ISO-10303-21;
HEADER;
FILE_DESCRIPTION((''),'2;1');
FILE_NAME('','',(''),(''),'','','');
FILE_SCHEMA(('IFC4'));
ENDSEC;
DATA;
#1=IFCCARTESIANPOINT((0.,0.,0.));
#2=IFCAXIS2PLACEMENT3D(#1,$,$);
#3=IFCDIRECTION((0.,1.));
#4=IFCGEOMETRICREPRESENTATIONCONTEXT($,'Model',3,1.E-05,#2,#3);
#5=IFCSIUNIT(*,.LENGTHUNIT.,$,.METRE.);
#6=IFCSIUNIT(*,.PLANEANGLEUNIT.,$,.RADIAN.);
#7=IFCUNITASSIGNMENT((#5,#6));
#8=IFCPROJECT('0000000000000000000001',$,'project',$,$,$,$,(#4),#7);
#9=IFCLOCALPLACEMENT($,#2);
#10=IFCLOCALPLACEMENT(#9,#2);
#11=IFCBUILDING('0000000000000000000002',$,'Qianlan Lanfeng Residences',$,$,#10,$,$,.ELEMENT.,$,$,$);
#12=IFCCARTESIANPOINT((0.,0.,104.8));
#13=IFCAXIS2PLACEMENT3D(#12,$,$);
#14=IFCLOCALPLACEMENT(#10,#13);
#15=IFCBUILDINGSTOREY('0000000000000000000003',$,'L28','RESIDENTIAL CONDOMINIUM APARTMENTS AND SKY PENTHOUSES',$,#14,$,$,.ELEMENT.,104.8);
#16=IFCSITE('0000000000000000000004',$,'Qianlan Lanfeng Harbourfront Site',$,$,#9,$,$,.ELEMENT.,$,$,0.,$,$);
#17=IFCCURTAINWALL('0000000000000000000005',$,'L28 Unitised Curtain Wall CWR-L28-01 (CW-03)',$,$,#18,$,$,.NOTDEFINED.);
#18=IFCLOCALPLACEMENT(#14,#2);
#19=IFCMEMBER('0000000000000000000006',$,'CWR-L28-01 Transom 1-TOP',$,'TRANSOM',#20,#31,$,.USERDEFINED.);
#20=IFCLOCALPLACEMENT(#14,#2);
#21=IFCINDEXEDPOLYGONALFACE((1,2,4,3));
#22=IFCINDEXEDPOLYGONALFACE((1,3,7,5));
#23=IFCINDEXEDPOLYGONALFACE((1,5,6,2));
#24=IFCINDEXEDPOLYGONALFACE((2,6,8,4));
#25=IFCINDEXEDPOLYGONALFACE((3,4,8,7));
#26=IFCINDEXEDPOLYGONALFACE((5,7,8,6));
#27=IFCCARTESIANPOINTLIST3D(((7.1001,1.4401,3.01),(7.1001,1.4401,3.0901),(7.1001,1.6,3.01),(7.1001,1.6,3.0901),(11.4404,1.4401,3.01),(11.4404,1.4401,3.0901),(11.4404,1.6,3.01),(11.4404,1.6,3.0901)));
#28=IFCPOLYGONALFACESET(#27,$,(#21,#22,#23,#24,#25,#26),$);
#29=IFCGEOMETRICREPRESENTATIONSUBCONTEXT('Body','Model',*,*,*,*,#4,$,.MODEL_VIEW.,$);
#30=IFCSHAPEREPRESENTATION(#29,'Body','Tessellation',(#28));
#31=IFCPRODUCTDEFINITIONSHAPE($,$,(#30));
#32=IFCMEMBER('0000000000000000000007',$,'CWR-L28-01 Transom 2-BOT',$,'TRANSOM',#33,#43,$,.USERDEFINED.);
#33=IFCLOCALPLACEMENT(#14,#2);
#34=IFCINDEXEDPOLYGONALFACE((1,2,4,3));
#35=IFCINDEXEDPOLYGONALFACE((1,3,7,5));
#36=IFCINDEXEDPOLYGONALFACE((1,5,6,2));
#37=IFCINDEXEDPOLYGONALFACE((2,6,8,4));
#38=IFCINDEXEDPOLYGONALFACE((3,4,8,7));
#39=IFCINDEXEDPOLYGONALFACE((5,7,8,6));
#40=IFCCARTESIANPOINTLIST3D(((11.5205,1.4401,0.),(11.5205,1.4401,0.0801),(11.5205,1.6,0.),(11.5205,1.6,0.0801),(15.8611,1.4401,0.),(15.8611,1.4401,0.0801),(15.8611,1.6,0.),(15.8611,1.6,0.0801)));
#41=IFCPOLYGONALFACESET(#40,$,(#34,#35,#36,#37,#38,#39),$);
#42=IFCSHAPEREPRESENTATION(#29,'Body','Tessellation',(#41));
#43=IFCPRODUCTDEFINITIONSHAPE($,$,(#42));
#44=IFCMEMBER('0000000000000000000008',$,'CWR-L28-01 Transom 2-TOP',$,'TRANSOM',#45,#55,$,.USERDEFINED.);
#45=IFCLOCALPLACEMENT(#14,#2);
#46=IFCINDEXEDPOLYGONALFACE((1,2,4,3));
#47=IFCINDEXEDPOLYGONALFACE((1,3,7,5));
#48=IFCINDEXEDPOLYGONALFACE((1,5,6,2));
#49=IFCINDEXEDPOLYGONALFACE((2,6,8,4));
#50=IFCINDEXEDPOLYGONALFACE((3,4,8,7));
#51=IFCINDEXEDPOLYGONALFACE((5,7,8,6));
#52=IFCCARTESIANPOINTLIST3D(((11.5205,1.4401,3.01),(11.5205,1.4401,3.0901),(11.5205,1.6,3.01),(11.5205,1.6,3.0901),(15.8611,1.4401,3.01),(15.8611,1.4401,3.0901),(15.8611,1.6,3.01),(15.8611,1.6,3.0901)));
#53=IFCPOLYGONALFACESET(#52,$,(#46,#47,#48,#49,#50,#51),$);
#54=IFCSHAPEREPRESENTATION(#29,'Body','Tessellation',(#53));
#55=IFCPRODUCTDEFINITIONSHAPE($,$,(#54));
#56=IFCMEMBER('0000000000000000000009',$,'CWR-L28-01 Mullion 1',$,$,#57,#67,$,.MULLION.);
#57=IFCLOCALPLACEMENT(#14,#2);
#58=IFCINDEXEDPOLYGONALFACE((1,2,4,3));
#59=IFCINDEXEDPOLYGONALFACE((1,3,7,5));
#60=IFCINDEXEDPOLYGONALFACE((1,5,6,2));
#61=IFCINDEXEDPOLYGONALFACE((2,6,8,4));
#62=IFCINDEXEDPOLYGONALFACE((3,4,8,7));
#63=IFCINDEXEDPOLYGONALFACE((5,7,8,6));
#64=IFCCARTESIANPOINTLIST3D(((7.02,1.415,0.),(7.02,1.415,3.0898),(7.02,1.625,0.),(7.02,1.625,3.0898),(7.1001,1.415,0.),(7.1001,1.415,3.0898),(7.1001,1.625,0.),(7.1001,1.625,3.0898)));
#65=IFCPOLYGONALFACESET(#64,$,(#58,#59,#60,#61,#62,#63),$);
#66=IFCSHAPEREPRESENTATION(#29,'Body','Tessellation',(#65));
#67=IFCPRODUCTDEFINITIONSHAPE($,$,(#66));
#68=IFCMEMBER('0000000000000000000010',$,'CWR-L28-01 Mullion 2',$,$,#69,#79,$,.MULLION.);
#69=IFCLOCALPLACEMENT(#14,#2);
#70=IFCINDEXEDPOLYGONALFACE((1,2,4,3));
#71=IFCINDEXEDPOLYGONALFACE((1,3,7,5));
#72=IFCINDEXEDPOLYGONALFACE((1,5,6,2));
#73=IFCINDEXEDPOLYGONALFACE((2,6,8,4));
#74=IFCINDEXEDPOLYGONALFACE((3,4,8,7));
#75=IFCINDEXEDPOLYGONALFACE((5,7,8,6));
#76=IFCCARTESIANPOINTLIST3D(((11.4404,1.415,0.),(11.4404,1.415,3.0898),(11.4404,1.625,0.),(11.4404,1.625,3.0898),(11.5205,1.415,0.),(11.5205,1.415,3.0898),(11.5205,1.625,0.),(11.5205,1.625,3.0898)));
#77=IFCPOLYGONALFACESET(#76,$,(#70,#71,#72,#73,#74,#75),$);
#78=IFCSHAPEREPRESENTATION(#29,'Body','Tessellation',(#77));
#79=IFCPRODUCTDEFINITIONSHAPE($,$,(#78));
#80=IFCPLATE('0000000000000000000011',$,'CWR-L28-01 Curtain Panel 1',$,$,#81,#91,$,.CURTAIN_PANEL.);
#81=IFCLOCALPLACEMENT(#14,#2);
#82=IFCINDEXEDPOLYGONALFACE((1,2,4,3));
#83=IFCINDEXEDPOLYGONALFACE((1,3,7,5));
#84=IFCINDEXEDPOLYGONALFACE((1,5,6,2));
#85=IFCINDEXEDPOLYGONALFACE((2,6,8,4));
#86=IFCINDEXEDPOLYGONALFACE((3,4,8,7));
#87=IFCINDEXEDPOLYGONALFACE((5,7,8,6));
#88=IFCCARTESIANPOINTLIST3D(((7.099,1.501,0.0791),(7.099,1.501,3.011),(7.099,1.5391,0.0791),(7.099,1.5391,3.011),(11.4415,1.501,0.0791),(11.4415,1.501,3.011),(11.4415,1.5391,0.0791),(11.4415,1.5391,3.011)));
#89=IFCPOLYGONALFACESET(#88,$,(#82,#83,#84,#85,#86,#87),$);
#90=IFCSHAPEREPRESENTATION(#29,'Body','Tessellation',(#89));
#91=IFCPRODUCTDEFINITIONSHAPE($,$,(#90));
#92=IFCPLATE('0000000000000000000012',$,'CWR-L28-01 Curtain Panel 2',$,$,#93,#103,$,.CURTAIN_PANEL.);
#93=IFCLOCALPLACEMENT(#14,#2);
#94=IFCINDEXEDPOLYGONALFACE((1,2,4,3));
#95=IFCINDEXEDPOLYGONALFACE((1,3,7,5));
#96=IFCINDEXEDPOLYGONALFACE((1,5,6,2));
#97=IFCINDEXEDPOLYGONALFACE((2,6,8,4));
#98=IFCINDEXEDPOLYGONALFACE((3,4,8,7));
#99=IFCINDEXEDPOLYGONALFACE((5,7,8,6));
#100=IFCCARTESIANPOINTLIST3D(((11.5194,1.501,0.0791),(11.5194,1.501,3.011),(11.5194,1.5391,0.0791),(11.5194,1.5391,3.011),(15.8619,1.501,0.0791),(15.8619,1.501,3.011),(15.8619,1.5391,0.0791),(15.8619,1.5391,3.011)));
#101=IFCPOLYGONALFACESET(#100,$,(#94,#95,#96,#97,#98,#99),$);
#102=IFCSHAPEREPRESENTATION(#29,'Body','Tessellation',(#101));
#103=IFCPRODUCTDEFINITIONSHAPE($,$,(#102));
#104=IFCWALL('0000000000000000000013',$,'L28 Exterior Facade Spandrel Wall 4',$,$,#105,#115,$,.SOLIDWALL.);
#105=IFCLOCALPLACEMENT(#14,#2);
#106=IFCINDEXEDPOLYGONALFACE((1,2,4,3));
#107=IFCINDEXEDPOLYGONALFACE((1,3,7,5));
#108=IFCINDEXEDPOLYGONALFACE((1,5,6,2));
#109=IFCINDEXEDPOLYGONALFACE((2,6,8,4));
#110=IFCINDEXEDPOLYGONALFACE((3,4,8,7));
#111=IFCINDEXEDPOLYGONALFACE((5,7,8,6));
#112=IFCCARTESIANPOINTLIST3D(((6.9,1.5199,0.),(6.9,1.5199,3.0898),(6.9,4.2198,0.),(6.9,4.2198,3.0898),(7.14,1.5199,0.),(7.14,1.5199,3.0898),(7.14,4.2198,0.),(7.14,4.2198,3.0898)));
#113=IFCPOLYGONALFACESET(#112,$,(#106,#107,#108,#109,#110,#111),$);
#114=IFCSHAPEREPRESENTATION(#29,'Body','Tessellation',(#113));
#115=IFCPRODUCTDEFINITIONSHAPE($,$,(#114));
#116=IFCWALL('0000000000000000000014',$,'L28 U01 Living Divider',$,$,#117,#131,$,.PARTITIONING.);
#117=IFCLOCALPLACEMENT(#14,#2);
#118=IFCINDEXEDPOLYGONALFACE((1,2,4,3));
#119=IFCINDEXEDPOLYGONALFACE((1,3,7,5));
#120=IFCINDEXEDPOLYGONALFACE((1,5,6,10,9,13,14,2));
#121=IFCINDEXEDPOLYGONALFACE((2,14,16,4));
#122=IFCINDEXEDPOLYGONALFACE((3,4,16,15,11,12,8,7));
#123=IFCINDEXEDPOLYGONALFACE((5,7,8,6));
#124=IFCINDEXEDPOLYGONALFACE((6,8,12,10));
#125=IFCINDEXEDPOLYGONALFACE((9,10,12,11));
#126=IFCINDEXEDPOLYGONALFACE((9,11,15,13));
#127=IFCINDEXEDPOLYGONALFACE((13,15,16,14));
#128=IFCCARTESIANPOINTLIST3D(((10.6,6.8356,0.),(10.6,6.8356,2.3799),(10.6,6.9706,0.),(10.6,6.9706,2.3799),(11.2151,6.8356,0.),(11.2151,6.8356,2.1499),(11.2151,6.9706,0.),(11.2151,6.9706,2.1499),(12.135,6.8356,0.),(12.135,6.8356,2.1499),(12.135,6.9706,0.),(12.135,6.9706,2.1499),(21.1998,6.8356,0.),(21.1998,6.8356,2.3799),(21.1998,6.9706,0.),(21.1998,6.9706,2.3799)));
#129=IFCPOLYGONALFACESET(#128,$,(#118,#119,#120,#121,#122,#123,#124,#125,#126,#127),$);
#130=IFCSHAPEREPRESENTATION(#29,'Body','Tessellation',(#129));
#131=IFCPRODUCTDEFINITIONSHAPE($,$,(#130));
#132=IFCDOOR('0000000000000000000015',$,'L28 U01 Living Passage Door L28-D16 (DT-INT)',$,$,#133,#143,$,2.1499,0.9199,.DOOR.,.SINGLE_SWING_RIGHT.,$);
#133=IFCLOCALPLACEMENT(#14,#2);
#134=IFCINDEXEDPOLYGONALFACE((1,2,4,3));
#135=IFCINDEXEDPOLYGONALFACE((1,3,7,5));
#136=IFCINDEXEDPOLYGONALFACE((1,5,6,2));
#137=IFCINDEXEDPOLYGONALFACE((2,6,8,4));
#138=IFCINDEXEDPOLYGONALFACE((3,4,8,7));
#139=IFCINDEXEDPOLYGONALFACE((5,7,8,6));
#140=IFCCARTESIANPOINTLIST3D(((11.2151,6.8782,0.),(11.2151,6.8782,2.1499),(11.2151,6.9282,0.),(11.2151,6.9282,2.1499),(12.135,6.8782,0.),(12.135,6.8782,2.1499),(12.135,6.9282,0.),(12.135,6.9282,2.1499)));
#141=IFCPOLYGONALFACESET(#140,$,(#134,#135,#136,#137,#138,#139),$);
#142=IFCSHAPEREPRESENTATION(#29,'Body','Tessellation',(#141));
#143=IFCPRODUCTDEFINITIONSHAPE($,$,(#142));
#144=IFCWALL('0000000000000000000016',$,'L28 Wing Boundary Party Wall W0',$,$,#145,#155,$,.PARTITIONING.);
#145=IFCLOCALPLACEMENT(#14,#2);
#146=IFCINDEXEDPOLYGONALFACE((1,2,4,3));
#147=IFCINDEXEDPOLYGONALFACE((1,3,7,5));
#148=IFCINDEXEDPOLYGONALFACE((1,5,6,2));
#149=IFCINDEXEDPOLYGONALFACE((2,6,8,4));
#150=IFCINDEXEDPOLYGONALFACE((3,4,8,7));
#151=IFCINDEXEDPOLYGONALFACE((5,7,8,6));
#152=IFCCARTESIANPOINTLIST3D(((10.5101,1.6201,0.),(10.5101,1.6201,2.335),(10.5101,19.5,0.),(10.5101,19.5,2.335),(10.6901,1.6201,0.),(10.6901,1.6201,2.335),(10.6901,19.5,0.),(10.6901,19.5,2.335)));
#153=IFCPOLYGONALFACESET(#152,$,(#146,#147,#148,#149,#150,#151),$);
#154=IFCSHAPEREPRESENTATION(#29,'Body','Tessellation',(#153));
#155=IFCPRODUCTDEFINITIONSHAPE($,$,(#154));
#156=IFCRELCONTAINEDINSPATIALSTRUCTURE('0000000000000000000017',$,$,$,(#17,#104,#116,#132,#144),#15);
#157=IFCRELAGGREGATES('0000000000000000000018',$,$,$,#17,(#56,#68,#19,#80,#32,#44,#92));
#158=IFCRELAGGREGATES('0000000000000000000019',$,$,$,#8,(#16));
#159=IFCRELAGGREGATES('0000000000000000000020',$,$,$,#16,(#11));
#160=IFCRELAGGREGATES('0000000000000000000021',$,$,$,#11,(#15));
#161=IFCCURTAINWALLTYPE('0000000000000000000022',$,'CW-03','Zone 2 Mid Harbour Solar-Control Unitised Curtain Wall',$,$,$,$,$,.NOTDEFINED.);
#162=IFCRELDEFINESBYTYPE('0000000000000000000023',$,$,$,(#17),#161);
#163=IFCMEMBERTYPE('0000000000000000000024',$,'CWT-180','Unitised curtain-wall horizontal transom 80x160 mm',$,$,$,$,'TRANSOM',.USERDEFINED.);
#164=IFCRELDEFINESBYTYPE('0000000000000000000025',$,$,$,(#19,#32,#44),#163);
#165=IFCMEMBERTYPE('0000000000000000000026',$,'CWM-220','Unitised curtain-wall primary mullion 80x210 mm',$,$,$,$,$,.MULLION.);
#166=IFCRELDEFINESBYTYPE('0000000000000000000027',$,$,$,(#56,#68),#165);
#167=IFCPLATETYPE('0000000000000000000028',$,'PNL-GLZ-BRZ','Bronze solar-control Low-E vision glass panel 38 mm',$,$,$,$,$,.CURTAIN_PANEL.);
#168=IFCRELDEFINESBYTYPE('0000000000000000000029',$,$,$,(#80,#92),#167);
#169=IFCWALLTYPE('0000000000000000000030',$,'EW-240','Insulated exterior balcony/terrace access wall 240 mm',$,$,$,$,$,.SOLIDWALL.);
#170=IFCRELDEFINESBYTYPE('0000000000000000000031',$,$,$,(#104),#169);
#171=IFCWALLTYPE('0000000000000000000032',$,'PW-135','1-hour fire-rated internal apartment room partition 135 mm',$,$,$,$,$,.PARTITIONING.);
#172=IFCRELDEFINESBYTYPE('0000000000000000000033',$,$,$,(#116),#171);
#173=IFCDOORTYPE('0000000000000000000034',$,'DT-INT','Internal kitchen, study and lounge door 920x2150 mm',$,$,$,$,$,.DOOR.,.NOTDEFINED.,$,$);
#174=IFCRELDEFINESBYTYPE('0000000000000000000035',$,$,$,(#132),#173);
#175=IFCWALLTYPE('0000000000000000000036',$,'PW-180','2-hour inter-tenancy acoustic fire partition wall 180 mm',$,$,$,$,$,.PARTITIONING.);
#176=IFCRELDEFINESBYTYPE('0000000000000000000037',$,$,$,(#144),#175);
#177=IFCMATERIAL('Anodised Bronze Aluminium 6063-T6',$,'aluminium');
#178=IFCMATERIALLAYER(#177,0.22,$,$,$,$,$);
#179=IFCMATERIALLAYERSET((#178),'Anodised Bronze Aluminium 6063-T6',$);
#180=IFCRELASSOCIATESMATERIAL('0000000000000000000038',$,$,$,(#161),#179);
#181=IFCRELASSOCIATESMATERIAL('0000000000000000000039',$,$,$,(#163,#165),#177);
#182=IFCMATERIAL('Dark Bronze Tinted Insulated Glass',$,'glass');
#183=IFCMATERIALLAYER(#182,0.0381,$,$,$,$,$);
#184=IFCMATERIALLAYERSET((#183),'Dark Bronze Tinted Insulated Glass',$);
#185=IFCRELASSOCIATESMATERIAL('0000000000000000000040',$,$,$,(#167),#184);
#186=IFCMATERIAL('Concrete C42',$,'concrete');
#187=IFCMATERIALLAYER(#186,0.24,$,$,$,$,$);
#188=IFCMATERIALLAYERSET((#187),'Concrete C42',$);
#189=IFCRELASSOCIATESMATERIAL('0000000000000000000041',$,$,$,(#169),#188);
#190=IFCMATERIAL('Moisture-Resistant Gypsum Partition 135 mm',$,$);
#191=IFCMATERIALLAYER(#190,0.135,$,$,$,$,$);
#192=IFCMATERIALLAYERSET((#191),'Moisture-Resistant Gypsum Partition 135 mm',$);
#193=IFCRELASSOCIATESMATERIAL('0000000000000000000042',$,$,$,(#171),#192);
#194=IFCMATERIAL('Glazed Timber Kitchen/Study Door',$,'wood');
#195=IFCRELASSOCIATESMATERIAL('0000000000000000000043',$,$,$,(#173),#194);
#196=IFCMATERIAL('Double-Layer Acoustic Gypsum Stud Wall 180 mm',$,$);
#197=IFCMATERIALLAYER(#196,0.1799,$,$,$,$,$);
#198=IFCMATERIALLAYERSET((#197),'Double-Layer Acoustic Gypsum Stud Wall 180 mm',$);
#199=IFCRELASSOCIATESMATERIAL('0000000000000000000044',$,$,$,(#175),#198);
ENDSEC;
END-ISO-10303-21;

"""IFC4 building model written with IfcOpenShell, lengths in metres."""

from ifc_helpers import new_model, si_unit, direction, frame, frame_2d, origin, origin_2d, place, context, subcontext, project, spatial, rectangle, extrude, source, transform, mapped, material, layer, layer_set, material_profile, profile_set, type_object, element, fill, aggregate, save


model = new_model("IFC4")

# Units and contexts
model_context = context("Model", 3, precision=1e-05, world=origin(), true_north=direction((0.0, 1.0)))
body_context = subcontext(model_context, "Body", "Model", "MODEL_VIEW")
ifc_project = project(units=[si_unit("LENGTHUNIT", "METRE"), si_unit("PLANEANGLEUNIT", "RADIAN")], contexts=[model_context])

# Site, building, storey
site_placement = place(None, origin())
site = spatial("IfcSite", under=ifc_project, at=site_placement, Name="Qianlan Lanfeng Harbourfront Site", CompositionType="ELEMENT", RefElevation=0.0)
building_placement = place(site_placement, origin())
building = spatial("IfcBuilding", under=site, at=building_placement, Name="Qianlan Lanfeng Residences", CompositionType="ELEMENT")
storey_placement = place(building_placement, frame((0.0, 0.0, 104.8)))
storey = spatial("IfcBuildingStorey", under=building, at=storey_placement, Name="L28", Description="RESIDENTIAL CONDOMINIUM APARTMENTS AND SKY PENTHOUSES", CompositionType="ELEMENT", Elevation=104.8)

# Curtain wall, members, plates
ifc_material_1 = material(Name="Anodised Bronze Aluminium 6063-T6", Category="aluminium")
ifc_layer_1 = layer(ifc_material_1, 0.22)
ifc_layer_set_1 = layer_set([ifc_layer_1], Name="Anodised Bronze Aluminium 6063-T6")
curtain_wall_type = type_object("IfcCurtainWallType", Name="CW-03", Description="Zone 2 Mid Harbour Solar-Control Unitised Curtain Wall", PredefinedType="NOTDEFINED", material=ifc_layer_set_1)
curtain_wall_placement = place(storey_placement, origin())
curtain_wall = element("IfcCurtainWall", 1, at=curtain_wall_placement, inside=storey, type_object=curtain_wall_type, Name="L28 Unitised Curtain Wall CWR-L28-01 (CW-03)", PredefinedType="NOTDEFINED")
ifc_material_profile_1 = material_profile(ifc_material_1, rectangle(XDim=0.0801, YDim=0.1599, at=origin_2d()), Name="ALU TRANSOM 80x160")
ifc_profile_set_1 = profile_set([ifc_material_profile_1], Name="Anodised Bronze Aluminium 6063-T6")
member_type_1 = type_object("IfcMemberType", Name="CWT-180", Description="Unitised curtain-wall horizontal transom 80x160 mm", ElementType="TRANSOM", PredefinedType="USERDEFINED", material=ifc_profile_set_1)
shared_shape_1 = source(origin(), body_context, "Body", "SweptSolid", [
    extrude(rectangle(XDim=0.0801, YDim=0.1599, at=origin_2d()), origin(), (0.0, 0.0, 1.0), 4.3403),
])
member_1_placement = place(storey_placement, frame((7.1001, 1.52, 3.05), z_axis=(1.0, 0.0, 0.0), x_axis=(0.0, 0.0, 1.0)))
member_1 = element("IfcMember", 2, at=member_1_placement, type_object=member_type_1, Name="CWR-L28-01 Transom 1-TOP", ObjectType="TRANSOM", PredefinedType="USERDEFINED", context=body_context, shape_type="MappedRepresentation", body=[
    mapped(shared_shape_1, transform((0.0, 0.0, 0.0), scale=1.0)),
])
shared_shape_2 = source(origin(), body_context, "Body", "SweptSolid", [
    extrude(rectangle(XDim=0.0801, YDim=0.1599, at=origin_2d()), origin(), (0.0, 0.0, 1.0), 4.3406),
])
member_2_placement = place(storey_placement, frame((11.5205, 1.52, 0.04), z_axis=(1.0, 0.0, 0.0), x_axis=(0.0, 0.0, 1.0)))
member_2 = element("IfcMember", 3, at=member_2_placement, type_object=member_type_1, Name="CWR-L28-01 Transom 2-BOT", ObjectType="TRANSOM", PredefinedType="USERDEFINED", context=body_context, shape_type="MappedRepresentation", body=[
    mapped(shared_shape_2, transform((0.0, 0.0, 0.0), scale=1.0)),
])
member_3_placement = place(storey_placement, frame((11.5205, 1.52, 3.05), z_axis=(1.0, 0.0, 0.0), x_axis=(0.0, 0.0, 1.0)))
member_3 = element("IfcMember", 4, at=member_3_placement, type_object=member_type_1, Name="CWR-L28-01 Transom 2-TOP", ObjectType="TRANSOM", PredefinedType="USERDEFINED", context=body_context, shape_type="MappedRepresentation", body=[
    mapped(shared_shape_2, transform((0.0, 0.0, 0.0), scale=1.0)),
])
ifc_material_profile_2 = material_profile(ifc_material_1, rectangle(XDim=0.0801, YDim=0.21, at=origin_2d()), Name="ALU MULLION 80x210")
ifc_profile_set_2 = profile_set([ifc_material_profile_2], Name="Anodised Bronze Aluminium 6063-T6")
member_type_2 = type_object("IfcMemberType", Name="CWM-220", Description="Unitised curtain-wall primary mullion 80x210 mm", PredefinedType="MULLION", material=ifc_profile_set_2)
shared_shape_3 = source(origin(), body_context, "Body", "SweptSolid", [
    extrude(rectangle(XDim=0.0801, YDim=0.21, at=origin_2d()), origin(), (0.0, 0.0, 1.0), 3.0898),
])
member_4_placement = place(storey_placement, frame((7.0601, 1.52, 0.0), z_axis=(0.0, 0.0, 1.0), x_axis=(1.0, 0.0, 0.0)))
member_4 = element("IfcMember", 5, at=member_4_placement, type_object=member_type_2, Name="CWR-L28-01 Mullion 1", PredefinedType="MULLION", context=body_context, shape_type="MappedRepresentation", body=[
    mapped(shared_shape_3, transform((0.0, 0.0, 0.0), scale=1.0)),
])
member_5_placement = place(storey_placement, frame((11.4805, 1.52, 0.0), z_axis=(0.0, 0.0, 1.0), x_axis=(1.0, 0.0, 0.0)))
member_5 = element("IfcMember", 6, at=member_5_placement, type_object=member_type_2, Name="CWR-L28-01 Mullion 2", PredefinedType="MULLION", context=body_context, shape_type="MappedRepresentation", body=[
    mapped(shared_shape_3, transform((0.0, 0.0, 0.0), scale=1.0)),
])
ifc_material_2 = material(Name="Dark Bronze Tinted Insulated Glass", Category="glass")
ifc_layer_2 = layer(ifc_material_2, 0.0381)
ifc_layer_set_2 = layer_set([ifc_layer_2], Name="Dark Bronze Tinted Insulated Glass")
plate_type = type_object("IfcPlateType", Name="PNL-GLZ-BRZ", Description="Bronze solar-control Low-E vision glass panel 38 mm", PredefinedType="CURTAIN_PANEL", material=ifc_layer_set_2)
shared_shape_4 = source(origin(), body_context, "Body", "SweptSolid", [
    extrude(rectangle(XDim=4.3425, YDim=0.0381, at=origin_2d()), origin(), (0.0, 0.0, 1.0), 2.9319),
])
plate_1_placement = place(storey_placement, frame((9.2703, 1.52, 0.0791), z_axis=(0.0, 0.0, 1.0), x_axis=(1.0, 0.0, 0.0)))
plate_1 = element("IfcPlate", 7, at=plate_1_placement, type_object=plate_type, Name="CWR-L28-01 Curtain Panel 1", PredefinedType="CURTAIN_PANEL", context=body_context, shape_type="MappedRepresentation", body=[
    mapped(shared_shape_4, transform((0.0, 0.0, 0.0), scale=1.0)),
])
plate_2_placement = place(storey_placement, frame((13.6907, 1.52, 0.0791), z_axis=(0.0, 0.0, 1.0), x_axis=(1.0, 0.0, 0.0)))
plate_2 = element("IfcPlate", 8, at=plate_2_placement, type_object=plate_type, Name="CWR-L28-01 Curtain Panel 2", PredefinedType="CURTAIN_PANEL", context=body_context, shape_type="MappedRepresentation", body=[
    mapped(shared_shape_4, transform((0.0, 0.0, 0.0), scale=1.0)),
])
aggregate(curtain_wall, [member_4, member_5, member_1, plate_1, member_2, member_3, plate_2])

# Wall
ifc_material_3 = material(Name="Concrete C42", Category="concrete")
ifc_layer_3 = layer(ifc_material_3, 0.24)
ifc_layer_set_3 = layer_set([ifc_layer_3], Name="Concrete C42")
wall_type_1 = type_object("IfcWallType", Name="EW-240", Description="Insulated exterior balcony/terrace access wall 240 mm", PredefinedType="SOLIDWALL", material=ifc_layer_set_3)
wall_1_placement = place(storey_placement, frame((7.02, 4.22, 0.0), z_axis=(0.0, 0.0, 1.0), x_axis=(0.0, -1.0, 0.0)))
element("IfcWall", 9, at=wall_1_placement, inside=storey, type_object=wall_type_1, Name="L28 Exterior Facade Spandrel Wall 4", PredefinedType="SOLIDWALL", context=body_context, shape_type="SweptSolid", body=[
    extrude(rectangle(XDim=2.7, YDim=0.24, at=frame_2d((1.3501, 0.0))), origin(), (0.0, 0.0, 1.0), 3.0898),
])

# Wall, opening, door
ifc_material_4 = material(Name="Moisture-Resistant Gypsum Partition 135 mm")
ifc_layer_4 = layer(ifc_material_4, 0.135)
ifc_layer_set_4 = layer_set([ifc_layer_4], Name="Moisture-Resistant Gypsum Partition 135 mm")
wall_type_2 = type_object("IfcWallType", Name="PW-135", Description="1-hour fire-rated internal apartment room partition 135 mm", PredefinedType="PARTITIONING", material=ifc_layer_set_4)
wall_2_placement = place(storey_placement, frame((10.6001, 6.9031, 0.0), z_axis=(0.0, 0.0, 1.0), x_axis=(1.0, 0.0, 0.0)))
wall_2 = element("IfcWall", 10, at=wall_2_placement, inside=storey, type_object=wall_type_2, Name="L28 U01 Living Divider", PredefinedType="PARTITIONING", context=body_context, shape_type="SweptSolid", body=[
    extrude(rectangle(XDim=10.5999, YDim=0.135, at=frame_2d((5.2998, 0.0))), origin(), (0.0, 0.0, 1.0), 2.3799),
])
opening_1_placement = place(wall_2_placement, frame((0.615, 0.0, 0.0)))
opening_1 = element("IfcOpeningElement", 11, at=opening_1_placement, cuts=wall_2, PredefinedType="OPENING", context=body_context, shape_type="SweptSolid", body=[
    extrude(rectangle(XDim=0.9199, YDim=2.1499, at=frame_2d((0.46, 1.075))), frame((0.0, 0.0776, 0.0), z_axis=(0.0, -1.0, 0.0), x_axis=(1.0, 0.0, 0.0)), (0.0, 0.0, 1.0), 0.155),
])
ifc_material_5 = material(Name="Glazed Timber Kitchen/Study Door", Category="wood")
door_type_1 = type_object("IfcDoorType", Name="DT-INT", Description="Internal kitchen, study and lounge door 920x2150 mm", OperationType="NOTDEFINED", PredefinedType="DOOR", material=ifc_material_5)
door_1_placement = place(opening_1_placement, frame((0.9199, 0.0, 0.0), z_axis=(0.0, 0.0, 1.0), x_axis=(-1.0, 0.0, 0.0)))
door_1 = element("IfcDoor", 12, at=door_1_placement, inside=storey, type_object=door_type_1, Name="L28 U01 Living Passage Door L28-D16 (DT-INT)", OperationType="SINGLE_SWING_RIGHT", OverallHeight=2.1499, OverallWidth=0.9199, PredefinedType="DOOR", context=body_context, shape_type="SweptSolid", body=[
    extrude(rectangle(XDim=0.9199, YDim=2.1499, at=frame_2d((0.46, 1.075))), frame((0.0, 0.0249, 0.0), z_axis=(0.0, -1.0, 0.0), x_axis=(1.0, 0.0, 0.0)), (0.0, 0.0, 1.0), 0.05),
])
fill(opening_1, door_1)

# Wall
ifc_material_6 = material(Name="Double-Layer Acoustic Gypsum Stud Wall 180 mm")
ifc_layer_5 = layer(ifc_material_6, 0.1799)
ifc_layer_set_5 = layer_set([ifc_layer_5], Name="Double-Layer Acoustic Gypsum Stud Wall 180 mm")
wall_type_3 = type_object("IfcWallType", Name="PW-180", Description="2-hour inter-tenancy acoustic fire partition wall 180 mm", PredefinedType="PARTITIONING", material=ifc_layer_set_5)
wall_3_placement = place(storey_placement, frame((10.6001, 1.6201, 0.0), z_axis=(0.0, 0.0, 1.0), x_axis=(0.0, 1.0, 0.0)))
element("IfcWall", 13, at=wall_3_placement, inside=storey, type_object=wall_type_3, Name="L28 Wing Boundary Party Wall W0", PredefinedType="PARTITIONING", context=body_context, shape_type="SweptSolid", body=[
    extrude(rectangle(XDim=17.8799, YDim=0.1799, at=frame_2d((8.9399, 0.0))), origin(), (0.0, 0.0, 1.0), 2.335),
])

save(model, "model.ifc")
